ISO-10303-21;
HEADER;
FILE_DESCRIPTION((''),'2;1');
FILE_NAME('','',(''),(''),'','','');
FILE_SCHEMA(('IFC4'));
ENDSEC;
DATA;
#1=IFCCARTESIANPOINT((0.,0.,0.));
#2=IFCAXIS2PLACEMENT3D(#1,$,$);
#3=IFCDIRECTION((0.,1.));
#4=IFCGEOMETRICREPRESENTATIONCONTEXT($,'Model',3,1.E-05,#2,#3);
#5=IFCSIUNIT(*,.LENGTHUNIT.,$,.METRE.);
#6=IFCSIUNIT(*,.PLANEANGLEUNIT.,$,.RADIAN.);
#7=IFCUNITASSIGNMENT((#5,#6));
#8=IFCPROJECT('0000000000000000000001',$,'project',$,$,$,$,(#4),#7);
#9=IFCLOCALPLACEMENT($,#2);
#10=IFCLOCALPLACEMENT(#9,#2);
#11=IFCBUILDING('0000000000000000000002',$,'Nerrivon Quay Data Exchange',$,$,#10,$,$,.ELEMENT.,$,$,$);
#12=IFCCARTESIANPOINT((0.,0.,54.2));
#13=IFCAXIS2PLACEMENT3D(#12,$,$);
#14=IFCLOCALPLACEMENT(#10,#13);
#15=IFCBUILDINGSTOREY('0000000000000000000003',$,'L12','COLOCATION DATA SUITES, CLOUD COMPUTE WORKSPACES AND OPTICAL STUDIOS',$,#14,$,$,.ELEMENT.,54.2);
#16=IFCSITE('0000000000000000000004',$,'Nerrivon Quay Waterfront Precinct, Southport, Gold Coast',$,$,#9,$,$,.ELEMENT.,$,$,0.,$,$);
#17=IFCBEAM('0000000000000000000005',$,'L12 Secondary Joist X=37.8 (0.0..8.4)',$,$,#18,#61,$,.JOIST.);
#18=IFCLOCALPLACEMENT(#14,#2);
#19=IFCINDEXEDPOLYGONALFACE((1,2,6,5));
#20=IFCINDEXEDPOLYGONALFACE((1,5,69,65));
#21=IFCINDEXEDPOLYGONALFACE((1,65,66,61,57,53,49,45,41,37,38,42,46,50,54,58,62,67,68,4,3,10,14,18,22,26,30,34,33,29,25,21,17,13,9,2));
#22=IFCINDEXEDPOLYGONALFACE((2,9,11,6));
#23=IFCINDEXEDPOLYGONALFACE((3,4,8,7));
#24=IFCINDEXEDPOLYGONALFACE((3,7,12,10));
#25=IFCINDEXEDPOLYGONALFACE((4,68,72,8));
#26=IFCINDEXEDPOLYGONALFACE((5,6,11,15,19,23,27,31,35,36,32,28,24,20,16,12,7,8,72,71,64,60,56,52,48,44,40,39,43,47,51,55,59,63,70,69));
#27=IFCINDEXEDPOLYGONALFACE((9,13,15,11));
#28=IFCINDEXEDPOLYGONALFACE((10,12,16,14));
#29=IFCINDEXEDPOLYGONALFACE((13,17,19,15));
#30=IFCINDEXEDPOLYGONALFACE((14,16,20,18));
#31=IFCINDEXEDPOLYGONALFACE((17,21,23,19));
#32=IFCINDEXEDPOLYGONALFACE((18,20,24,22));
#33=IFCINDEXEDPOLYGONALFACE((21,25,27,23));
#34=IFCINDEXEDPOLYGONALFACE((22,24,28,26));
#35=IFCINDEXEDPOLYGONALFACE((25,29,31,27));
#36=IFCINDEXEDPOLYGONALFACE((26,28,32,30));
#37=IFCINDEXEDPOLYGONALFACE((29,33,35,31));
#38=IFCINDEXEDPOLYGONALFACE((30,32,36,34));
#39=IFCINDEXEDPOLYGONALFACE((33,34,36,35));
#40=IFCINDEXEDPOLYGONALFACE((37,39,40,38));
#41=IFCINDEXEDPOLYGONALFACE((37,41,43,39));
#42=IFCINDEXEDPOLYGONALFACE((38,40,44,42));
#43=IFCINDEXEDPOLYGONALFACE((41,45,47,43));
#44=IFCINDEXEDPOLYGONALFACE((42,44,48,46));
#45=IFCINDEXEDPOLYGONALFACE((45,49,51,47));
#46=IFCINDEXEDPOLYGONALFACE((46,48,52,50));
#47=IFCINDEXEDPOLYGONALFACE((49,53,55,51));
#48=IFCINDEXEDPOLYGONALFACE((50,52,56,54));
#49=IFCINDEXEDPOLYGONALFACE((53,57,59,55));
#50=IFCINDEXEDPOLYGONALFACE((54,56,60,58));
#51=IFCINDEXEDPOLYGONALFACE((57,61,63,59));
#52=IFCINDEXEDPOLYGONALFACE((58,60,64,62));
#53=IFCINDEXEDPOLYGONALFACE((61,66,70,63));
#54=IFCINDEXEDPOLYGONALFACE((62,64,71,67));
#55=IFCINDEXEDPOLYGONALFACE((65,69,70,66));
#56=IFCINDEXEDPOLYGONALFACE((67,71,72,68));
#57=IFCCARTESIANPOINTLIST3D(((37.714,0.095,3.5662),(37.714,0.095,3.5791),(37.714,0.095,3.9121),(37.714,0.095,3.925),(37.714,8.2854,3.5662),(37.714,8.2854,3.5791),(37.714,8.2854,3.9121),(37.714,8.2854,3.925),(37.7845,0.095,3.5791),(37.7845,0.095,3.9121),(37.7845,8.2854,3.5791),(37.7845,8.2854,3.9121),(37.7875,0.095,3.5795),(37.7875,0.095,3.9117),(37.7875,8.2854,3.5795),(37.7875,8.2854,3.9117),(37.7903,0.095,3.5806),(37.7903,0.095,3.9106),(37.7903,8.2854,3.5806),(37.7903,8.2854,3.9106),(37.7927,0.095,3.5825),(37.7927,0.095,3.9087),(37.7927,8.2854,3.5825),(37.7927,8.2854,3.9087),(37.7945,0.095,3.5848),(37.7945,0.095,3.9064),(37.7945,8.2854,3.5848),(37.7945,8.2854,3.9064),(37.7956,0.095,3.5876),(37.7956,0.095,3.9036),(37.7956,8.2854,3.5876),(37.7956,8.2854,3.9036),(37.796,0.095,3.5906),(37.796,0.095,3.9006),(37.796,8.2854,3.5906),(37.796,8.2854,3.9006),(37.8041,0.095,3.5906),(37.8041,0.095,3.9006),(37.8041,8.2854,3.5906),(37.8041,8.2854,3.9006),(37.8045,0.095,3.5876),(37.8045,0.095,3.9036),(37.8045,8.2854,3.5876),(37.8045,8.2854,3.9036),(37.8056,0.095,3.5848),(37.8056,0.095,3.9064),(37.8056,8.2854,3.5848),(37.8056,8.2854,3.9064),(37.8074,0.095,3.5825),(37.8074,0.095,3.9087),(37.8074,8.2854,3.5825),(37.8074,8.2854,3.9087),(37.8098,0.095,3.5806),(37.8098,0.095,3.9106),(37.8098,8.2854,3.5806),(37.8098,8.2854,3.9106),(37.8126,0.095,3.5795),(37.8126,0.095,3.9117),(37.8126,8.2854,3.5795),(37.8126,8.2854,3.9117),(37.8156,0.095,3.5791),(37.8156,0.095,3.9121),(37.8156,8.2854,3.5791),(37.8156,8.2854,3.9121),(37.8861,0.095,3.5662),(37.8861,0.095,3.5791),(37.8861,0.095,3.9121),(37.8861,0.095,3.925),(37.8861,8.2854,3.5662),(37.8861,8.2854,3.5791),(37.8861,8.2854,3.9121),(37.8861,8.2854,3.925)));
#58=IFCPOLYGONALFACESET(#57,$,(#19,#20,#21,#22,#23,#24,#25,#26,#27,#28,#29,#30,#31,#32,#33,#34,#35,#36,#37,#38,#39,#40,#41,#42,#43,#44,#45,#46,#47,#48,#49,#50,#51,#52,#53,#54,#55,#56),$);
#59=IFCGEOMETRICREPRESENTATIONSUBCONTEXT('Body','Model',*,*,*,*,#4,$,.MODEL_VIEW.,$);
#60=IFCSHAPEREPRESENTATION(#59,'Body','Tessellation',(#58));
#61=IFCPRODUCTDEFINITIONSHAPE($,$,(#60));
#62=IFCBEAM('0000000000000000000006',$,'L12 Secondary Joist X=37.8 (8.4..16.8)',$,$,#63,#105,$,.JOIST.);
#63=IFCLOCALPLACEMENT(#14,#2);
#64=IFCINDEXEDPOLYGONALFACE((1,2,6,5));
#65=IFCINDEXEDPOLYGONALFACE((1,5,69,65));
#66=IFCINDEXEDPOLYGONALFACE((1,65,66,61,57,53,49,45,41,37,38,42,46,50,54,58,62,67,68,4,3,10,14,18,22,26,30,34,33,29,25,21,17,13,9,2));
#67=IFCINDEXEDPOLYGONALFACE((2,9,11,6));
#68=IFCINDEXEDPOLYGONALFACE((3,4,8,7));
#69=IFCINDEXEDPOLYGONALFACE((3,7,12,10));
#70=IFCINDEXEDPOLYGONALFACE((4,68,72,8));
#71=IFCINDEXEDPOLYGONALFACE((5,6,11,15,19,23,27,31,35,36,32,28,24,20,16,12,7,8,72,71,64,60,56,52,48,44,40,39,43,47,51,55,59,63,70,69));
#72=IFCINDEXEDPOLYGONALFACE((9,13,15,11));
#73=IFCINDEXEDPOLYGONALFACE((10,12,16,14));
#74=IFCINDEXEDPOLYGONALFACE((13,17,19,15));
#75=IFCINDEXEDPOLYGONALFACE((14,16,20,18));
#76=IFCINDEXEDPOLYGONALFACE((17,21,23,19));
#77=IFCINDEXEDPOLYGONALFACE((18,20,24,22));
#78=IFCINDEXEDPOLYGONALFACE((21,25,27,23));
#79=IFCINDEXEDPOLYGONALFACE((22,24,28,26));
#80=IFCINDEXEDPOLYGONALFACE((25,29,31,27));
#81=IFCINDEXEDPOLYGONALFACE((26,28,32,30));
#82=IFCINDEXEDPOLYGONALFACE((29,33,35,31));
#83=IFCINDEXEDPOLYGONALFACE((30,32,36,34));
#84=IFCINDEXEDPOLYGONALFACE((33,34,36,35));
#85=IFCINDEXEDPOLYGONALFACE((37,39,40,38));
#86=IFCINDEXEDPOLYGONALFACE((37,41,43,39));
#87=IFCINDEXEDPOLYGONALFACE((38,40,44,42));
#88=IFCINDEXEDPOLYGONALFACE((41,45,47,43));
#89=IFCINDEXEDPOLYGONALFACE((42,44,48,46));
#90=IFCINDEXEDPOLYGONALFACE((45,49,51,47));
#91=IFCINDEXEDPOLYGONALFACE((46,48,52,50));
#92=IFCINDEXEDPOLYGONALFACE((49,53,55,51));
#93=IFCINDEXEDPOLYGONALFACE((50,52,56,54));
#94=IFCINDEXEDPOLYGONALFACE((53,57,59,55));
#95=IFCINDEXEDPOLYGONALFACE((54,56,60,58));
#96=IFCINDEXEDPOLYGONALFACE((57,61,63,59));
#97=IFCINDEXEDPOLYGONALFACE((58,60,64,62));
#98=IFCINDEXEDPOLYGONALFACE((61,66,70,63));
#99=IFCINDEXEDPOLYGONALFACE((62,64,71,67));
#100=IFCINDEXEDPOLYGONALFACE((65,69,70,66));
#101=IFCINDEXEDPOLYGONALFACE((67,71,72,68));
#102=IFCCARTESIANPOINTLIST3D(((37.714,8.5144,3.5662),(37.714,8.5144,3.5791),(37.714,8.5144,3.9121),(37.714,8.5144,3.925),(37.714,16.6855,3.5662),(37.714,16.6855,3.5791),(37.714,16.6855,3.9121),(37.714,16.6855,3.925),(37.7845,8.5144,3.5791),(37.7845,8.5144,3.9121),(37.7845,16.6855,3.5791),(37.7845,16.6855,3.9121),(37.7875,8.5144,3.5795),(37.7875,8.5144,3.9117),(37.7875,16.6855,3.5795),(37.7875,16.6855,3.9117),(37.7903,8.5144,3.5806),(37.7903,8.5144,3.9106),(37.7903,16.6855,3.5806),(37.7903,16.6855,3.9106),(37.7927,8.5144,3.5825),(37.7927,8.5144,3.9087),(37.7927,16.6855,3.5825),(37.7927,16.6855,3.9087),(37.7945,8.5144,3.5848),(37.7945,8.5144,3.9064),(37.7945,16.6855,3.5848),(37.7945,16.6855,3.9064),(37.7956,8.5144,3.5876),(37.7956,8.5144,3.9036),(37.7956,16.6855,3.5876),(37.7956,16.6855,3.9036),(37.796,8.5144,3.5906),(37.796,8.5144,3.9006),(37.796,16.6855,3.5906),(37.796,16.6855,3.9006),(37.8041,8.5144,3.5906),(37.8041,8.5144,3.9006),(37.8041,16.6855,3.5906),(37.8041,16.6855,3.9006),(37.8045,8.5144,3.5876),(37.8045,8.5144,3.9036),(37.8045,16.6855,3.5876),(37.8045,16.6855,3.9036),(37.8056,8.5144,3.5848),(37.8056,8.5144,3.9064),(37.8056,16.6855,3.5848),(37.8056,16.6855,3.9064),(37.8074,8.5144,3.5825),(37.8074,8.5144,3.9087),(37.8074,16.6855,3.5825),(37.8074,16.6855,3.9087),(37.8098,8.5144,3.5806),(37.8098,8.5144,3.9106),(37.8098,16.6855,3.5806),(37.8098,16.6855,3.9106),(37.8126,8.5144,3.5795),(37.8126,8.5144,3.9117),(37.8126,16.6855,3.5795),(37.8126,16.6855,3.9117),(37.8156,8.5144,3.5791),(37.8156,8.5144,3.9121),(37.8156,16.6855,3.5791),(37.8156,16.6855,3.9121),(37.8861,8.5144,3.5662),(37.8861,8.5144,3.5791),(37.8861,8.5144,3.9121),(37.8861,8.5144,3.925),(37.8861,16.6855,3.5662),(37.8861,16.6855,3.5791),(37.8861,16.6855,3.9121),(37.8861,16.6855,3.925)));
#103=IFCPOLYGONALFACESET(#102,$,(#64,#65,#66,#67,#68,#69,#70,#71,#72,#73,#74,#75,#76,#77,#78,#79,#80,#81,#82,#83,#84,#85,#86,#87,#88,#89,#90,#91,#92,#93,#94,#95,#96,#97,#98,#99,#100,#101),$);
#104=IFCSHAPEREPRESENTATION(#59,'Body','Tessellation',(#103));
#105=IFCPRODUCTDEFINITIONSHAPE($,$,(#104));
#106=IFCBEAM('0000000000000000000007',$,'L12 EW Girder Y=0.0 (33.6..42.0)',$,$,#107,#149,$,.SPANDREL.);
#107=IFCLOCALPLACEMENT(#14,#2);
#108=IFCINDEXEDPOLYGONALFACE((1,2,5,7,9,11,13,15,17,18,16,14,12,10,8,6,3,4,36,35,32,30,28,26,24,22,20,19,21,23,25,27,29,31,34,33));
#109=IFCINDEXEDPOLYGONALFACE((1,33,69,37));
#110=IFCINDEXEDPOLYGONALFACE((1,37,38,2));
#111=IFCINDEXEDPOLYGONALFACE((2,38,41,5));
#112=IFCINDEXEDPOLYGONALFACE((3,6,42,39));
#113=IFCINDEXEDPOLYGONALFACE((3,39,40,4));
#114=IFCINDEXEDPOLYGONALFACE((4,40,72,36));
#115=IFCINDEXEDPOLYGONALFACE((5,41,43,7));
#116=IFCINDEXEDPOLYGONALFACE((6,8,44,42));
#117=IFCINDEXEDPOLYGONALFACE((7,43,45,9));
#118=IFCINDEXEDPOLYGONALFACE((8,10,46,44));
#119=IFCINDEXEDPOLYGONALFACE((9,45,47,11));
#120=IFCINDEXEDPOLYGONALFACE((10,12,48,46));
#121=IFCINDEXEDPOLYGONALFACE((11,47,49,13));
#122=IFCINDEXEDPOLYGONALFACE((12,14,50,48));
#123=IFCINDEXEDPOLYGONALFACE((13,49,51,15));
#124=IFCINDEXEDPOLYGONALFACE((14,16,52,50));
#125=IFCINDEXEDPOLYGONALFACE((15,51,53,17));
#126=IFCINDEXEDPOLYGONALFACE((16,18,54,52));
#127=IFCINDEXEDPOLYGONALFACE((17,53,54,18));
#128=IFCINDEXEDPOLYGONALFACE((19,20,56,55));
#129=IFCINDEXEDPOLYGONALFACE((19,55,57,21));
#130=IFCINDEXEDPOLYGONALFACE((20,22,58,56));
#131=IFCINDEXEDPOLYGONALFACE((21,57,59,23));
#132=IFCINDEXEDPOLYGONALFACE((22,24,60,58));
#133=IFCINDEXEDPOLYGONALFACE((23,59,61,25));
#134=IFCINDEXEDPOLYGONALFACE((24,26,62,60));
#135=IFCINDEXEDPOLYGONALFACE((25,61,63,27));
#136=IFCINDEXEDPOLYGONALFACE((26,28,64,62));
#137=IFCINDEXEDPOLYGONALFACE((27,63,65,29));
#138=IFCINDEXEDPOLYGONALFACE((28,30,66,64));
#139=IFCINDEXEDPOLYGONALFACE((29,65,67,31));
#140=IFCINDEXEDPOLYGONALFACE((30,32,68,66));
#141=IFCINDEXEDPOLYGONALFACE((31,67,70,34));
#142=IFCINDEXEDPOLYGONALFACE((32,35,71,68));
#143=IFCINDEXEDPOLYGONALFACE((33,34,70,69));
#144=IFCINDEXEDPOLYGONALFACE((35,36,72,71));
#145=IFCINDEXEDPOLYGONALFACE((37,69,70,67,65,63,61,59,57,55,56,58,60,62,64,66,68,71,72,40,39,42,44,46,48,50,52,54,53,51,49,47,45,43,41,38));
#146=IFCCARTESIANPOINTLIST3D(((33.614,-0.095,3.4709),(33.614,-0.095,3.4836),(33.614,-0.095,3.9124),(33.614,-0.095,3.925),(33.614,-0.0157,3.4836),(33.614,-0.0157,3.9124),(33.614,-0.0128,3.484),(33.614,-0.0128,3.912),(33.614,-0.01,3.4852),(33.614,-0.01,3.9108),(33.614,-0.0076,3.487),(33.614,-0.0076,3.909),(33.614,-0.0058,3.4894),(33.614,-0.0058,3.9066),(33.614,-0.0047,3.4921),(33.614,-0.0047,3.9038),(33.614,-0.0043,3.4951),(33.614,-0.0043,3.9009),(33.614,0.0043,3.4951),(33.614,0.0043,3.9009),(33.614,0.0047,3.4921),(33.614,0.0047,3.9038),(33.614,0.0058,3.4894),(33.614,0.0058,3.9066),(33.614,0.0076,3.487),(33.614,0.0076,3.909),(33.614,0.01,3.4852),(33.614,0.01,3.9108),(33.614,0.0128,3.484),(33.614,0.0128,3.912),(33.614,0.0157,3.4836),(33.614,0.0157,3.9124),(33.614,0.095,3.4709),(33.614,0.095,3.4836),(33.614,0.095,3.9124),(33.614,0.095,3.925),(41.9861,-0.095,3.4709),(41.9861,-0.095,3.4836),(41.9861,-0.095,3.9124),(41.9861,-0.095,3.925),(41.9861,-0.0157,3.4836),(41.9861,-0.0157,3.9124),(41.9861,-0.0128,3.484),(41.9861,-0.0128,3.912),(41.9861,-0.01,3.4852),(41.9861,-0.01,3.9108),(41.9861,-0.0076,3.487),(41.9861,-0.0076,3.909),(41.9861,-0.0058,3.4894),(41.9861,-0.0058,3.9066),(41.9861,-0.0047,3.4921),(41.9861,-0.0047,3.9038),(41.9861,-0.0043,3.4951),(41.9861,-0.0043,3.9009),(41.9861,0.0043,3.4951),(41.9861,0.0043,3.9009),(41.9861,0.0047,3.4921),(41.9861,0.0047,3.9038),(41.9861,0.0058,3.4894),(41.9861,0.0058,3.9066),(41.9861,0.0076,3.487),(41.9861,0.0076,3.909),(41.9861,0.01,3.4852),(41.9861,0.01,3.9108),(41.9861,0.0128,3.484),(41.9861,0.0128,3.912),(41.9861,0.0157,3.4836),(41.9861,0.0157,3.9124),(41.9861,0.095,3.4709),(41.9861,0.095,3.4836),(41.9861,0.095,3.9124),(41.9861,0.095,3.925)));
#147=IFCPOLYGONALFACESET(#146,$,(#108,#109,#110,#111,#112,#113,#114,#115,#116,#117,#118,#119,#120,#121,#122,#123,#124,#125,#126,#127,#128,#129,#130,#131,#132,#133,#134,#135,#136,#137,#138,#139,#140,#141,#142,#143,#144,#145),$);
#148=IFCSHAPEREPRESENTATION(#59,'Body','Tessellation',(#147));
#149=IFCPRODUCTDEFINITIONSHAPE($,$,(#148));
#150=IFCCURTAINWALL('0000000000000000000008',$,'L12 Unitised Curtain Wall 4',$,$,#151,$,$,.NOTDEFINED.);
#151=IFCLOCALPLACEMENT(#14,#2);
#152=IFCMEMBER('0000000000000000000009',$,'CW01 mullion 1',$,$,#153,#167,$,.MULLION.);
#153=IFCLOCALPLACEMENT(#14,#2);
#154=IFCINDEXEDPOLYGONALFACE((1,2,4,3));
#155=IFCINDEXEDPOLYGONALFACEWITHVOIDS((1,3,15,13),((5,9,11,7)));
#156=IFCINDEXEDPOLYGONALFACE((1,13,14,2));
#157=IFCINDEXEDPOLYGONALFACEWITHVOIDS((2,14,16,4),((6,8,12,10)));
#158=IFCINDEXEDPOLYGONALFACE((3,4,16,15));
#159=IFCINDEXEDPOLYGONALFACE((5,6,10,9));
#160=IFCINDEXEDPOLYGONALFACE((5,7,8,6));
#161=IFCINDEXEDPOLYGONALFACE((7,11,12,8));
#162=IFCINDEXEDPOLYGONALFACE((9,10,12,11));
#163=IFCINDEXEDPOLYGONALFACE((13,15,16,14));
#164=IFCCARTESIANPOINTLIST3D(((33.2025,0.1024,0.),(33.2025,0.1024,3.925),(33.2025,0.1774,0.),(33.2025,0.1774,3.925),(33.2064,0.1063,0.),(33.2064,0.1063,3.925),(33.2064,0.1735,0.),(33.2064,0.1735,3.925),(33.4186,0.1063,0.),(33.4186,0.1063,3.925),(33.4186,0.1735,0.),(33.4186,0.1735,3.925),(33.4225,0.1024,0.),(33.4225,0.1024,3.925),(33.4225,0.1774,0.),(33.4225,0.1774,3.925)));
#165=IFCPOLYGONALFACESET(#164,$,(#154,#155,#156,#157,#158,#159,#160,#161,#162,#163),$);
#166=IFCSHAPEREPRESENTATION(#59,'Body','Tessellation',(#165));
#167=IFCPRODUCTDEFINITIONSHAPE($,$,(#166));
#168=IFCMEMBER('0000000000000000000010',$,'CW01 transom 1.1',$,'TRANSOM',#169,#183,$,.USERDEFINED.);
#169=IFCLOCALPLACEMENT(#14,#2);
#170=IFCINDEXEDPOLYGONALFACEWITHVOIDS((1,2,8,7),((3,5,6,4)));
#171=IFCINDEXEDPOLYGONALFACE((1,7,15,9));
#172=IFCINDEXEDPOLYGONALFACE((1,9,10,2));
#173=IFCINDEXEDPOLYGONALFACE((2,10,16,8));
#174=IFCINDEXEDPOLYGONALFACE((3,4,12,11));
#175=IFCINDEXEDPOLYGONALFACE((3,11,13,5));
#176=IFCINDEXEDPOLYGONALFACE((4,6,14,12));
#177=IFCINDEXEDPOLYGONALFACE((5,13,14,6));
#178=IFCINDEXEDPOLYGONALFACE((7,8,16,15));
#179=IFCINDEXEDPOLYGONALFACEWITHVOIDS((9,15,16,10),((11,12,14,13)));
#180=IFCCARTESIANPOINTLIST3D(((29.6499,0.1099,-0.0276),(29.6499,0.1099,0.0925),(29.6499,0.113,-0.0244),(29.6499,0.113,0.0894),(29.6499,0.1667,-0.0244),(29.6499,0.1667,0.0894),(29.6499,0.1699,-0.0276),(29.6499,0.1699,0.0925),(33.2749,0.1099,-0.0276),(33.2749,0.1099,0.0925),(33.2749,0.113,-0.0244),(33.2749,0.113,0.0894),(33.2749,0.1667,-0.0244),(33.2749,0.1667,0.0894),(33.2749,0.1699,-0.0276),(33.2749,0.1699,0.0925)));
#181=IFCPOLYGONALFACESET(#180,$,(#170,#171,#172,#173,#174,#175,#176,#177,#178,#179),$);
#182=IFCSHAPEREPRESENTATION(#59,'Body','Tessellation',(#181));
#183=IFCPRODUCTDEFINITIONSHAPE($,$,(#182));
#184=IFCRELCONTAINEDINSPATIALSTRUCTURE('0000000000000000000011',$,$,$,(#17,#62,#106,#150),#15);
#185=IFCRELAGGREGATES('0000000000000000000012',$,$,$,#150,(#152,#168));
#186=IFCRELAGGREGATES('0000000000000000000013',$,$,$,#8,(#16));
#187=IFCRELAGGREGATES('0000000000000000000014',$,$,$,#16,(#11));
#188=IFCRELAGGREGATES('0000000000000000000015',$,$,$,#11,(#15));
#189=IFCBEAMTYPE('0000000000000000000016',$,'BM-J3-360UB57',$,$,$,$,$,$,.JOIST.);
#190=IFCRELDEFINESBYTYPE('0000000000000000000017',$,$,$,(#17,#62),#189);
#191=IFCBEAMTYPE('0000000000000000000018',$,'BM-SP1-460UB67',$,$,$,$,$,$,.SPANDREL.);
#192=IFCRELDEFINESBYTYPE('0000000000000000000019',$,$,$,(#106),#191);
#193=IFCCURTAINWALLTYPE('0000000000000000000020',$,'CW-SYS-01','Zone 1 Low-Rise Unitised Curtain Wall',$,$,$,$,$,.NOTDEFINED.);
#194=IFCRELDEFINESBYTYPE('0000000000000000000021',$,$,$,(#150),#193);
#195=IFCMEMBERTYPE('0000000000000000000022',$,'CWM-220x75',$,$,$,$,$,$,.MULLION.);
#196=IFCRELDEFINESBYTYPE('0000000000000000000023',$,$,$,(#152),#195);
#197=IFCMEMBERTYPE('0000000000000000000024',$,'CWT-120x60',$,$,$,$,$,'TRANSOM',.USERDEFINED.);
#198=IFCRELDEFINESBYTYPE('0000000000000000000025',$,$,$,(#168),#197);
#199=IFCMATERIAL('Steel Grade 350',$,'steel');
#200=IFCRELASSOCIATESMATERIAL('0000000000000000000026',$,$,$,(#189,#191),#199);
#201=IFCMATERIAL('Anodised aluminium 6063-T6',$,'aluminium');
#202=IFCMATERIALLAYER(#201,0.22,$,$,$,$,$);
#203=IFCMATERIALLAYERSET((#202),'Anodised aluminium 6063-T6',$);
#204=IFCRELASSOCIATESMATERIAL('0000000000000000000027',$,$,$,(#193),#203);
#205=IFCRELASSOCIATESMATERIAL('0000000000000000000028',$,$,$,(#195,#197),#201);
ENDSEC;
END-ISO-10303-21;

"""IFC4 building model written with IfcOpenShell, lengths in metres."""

from ifc_helpers import new_model, si_unit, direction, frame, origin, origin_2d, place, context, subcontext, project, spatial, hollow_rectangle, i_section, extrude, material, layer, layer_set, material_profile, profile_set, type_object, element, aggregate, save


model = new_model("IFC4")

# Units and contexts
model_context = context("Model", 3, precision=1e-05, world=origin(), true_north=direction((0.0, 1.0)))
body_context = subcontext(model_context, "Body", "Model", "MODEL_VIEW")
ifc_project = project(units=[si_unit("LENGTHUNIT", "METRE"), si_unit("PLANEANGLEUNIT", "RADIAN")], contexts=[model_context])

# Site, building, storey
site_placement = place(None, origin())
site = spatial("IfcSite", under=ifc_project, at=site_placement, Name="Nerrivon Quay Waterfront Precinct, Southport, Gold Coast", CompositionType="ELEMENT", RefElevation=0.0)
building_placement = place(site_placement, origin())
building = spatial("IfcBuilding", under=site, at=building_placement, Name="Nerrivon Quay Data Exchange", CompositionType="ELEMENT")
storey_placement = place(building_placement, frame((0.0, 0.0, 54.2)))
storey = spatial("IfcBuildingStorey", under=building, at=storey_placement, Name="L12", Description="COLOCATION DATA SUITES, CLOUD COMPUTE WORKSPACES AND OPTICAL STUDIOS", CompositionType="ELEMENT", Elevation=54.2)

# Shared definitions
ifc_material_1 = material(Name="Steel Grade 350", Category="steel")

# Beams
ifc_material_profile_1 = material_profile(ifc_material_1, i_section(OverallWidth=0.1721, OverallDepth=0.3589, WebThickness=0.0081, FlangeThickness=0.0129, FilletRadius=0.0115, at=origin_2d()), Name="360UB56.7")
ifc_profile_set_1 = profile_set([ifc_material_profile_1], Name="Steel Grade 350")
beam_type_1 = type_object("IfcBeamType", Name="BM-J3-360UB57", PredefinedType="JOIST", material=ifc_profile_set_1)
beam_1_placement = place(storey_placement, frame((37.8, 0.095, 3.7456), z_axis=(0.0, 1.0, 0.0), x_axis=(-1.0, 0.0, 0.0)))
element("IfcBeam", 1, at=beam_1_placement, inside=storey, type_object=beam_type_1, Name="L12 Secondary Joist X=37.8 (0.0..8.4)", PredefinedType="JOIST", context=body_context, shape_type="SweptSolid", body=[
    extrude(i_section(OverallWidth=0.1721, OverallDepth=0.3589, WebThickness=0.0081, FlangeThickness=0.0129, FilletRadius=0.0115, at=origin_2d()), origin(), (0.0, 0.0, 1.0), 8.1904),
])
beam_2_placement = place(storey_placement, frame((37.8, 8.5144, 3.7456), z_axis=(0.0, 1.0, 0.0), x_axis=(-1.0, 0.0, 0.0)))
element("IfcBeam", 2, at=beam_2_placement, inside=storey, type_object=beam_type_1, Name="L12 Secondary Joist X=37.8 (8.4..16.8)", PredefinedType="JOIST", context=body_context, shape_type="SweptSolid", body=[
    extrude(i_section(OverallWidth=0.1721, OverallDepth=0.3589, WebThickness=0.0081, FlangeThickness=0.0129, FilletRadius=0.0115, at=origin_2d()), origin(), (0.0, 0.0, 1.0), 8.1711),
])
ifc_material_profile_2 = material_profile(ifc_material_1, i_section(OverallWidth=0.1899, OverallDepth=0.4541, WebThickness=0.0085, FlangeThickness=0.0127, FilletRadius=0.0115, at=origin_2d()), Name="460UB67.1")
ifc_profile_set_2 = profile_set([ifc_material_profile_2], Name="Steel Grade 350")
beam_type_2 = type_object("IfcBeamType", Name="BM-SP1-460UB67", PredefinedType="SPANDREL", material=ifc_profile_set_2)
beam_3_placement = place(storey_placement, frame((33.614, 0.0, 3.698), z_axis=(1.0, 0.0, 0.0), x_axis=(0.0, 1.0, 0.0)))
element("IfcBeam", 3, at=beam_3_placement, inside=storey, type_object=beam_type_2, Name="L12 EW Girder Y=0.0 (33.6..42.0)", PredefinedType="SPANDREL", context=body_context, shape_type="SweptSolid", body=[
    extrude(i_section(OverallWidth=0.1899, OverallDepth=0.4541, WebThickness=0.0085, FlangeThickness=0.0127, FilletRadius=0.0115, at=origin_2d()), origin(), (0.0, 0.0, 1.0), 8.3721),
])

# Curtain wall, members
ifc_material_2 = material(Name="Anodised aluminium 6063-T6", Category="aluminium")
ifc_layer_1 = layer(ifc_material_2, 0.22)
ifc_layer_set_1 = layer_set([ifc_layer_1], Name="Anodised aluminium 6063-T6")
curtain_wall_type = type_object("IfcCurtainWallType", Name="CW-SYS-01", Description="Zone 1 Low-Rise Unitised Curtain Wall", PredefinedType="NOTDEFINED", material=ifc_layer_set_1)
curtain_wall_placement = place(storey_placement, origin())
curtain_wall = element("IfcCurtainWall", 4, at=curtain_wall_placement, inside=storey, type_object=curtain_wall_type, Name="L12 Unitised Curtain Wall 4", PredefinedType="NOTDEFINED")
ifc_material_profile_3 = material_profile(ifc_material_2, hollow_rectangle(XDim=0.075, YDim=0.22, WallThickness=0.0039, at=origin_2d()), Name="ALU-MULL-220x75")
ifc_profile_set_3 = profile_set([ifc_material_profile_3], Name="Anodised aluminium 6063-T6")
member_type_1 = type_object("IfcMemberType", Name="CWM-220x75", PredefinedType="MULLION", material=ifc_profile_set_3)
member_1_placement = place(storey_placement, frame((33.3125, 0.1399, 0.0), z_axis=(0.0, 0.0, 1.0), x_axis=(0.0, -1.0, 0.0)))
member_1 = element("IfcMember", 5, at=member_1_placement, type_object=member_type_1, Name="CW01 mullion 1", PredefinedType="MULLION", context=body_context, shape_type="SweptSolid", body=[
    extrude(hollow_rectangle(XDim=0.075, YDim=0.22, WallThickness=0.0039, at=origin_2d()), origin(), (0.0, 0.0, 1.0), 3.925),
])
ifc_material_profile_4 = material_profile(ifc_material_2, hollow_rectangle(XDim=0.0601, YDim=0.1201, WallThickness=0.0032, at=origin_2d()), Name="ALU-TRAN-120x60")
ifc_profile_set_4 = profile_set([ifc_material_profile_4], Name="Anodised aluminium 6063-T6")
member_type_2 = type_object("IfcMemberType", Name="CWT-120x60", ElementType="TRANSOM", PredefinedType="USERDEFINED", material=ifc_profile_set_4)
member_2_placement = place(storey_placement, frame((33.2749, 0.1399, 0.0325), z_axis=(-1.0, 0.0, 0.0), x_axis=(0.0, -1.0, 0.0)))
member_2 = element("IfcMember", 6, at=member_2_placement, type_object=member_type_2, Name="CW01 transom 1.1", ObjectType="TRANSOM", PredefinedType="USERDEFINED", context=body_context, shape_type="SweptSolid", body=[
    extrude(hollow_rectangle(XDim=0.0601, YDim=0.1201, WallThickness=0.0032, at=origin_2d()), origin(), (0.0, 0.0, 1.0), 3.625),
])
aggregate(curtain_wall, [member_1, member_2])

save(model, "model.ifc")
